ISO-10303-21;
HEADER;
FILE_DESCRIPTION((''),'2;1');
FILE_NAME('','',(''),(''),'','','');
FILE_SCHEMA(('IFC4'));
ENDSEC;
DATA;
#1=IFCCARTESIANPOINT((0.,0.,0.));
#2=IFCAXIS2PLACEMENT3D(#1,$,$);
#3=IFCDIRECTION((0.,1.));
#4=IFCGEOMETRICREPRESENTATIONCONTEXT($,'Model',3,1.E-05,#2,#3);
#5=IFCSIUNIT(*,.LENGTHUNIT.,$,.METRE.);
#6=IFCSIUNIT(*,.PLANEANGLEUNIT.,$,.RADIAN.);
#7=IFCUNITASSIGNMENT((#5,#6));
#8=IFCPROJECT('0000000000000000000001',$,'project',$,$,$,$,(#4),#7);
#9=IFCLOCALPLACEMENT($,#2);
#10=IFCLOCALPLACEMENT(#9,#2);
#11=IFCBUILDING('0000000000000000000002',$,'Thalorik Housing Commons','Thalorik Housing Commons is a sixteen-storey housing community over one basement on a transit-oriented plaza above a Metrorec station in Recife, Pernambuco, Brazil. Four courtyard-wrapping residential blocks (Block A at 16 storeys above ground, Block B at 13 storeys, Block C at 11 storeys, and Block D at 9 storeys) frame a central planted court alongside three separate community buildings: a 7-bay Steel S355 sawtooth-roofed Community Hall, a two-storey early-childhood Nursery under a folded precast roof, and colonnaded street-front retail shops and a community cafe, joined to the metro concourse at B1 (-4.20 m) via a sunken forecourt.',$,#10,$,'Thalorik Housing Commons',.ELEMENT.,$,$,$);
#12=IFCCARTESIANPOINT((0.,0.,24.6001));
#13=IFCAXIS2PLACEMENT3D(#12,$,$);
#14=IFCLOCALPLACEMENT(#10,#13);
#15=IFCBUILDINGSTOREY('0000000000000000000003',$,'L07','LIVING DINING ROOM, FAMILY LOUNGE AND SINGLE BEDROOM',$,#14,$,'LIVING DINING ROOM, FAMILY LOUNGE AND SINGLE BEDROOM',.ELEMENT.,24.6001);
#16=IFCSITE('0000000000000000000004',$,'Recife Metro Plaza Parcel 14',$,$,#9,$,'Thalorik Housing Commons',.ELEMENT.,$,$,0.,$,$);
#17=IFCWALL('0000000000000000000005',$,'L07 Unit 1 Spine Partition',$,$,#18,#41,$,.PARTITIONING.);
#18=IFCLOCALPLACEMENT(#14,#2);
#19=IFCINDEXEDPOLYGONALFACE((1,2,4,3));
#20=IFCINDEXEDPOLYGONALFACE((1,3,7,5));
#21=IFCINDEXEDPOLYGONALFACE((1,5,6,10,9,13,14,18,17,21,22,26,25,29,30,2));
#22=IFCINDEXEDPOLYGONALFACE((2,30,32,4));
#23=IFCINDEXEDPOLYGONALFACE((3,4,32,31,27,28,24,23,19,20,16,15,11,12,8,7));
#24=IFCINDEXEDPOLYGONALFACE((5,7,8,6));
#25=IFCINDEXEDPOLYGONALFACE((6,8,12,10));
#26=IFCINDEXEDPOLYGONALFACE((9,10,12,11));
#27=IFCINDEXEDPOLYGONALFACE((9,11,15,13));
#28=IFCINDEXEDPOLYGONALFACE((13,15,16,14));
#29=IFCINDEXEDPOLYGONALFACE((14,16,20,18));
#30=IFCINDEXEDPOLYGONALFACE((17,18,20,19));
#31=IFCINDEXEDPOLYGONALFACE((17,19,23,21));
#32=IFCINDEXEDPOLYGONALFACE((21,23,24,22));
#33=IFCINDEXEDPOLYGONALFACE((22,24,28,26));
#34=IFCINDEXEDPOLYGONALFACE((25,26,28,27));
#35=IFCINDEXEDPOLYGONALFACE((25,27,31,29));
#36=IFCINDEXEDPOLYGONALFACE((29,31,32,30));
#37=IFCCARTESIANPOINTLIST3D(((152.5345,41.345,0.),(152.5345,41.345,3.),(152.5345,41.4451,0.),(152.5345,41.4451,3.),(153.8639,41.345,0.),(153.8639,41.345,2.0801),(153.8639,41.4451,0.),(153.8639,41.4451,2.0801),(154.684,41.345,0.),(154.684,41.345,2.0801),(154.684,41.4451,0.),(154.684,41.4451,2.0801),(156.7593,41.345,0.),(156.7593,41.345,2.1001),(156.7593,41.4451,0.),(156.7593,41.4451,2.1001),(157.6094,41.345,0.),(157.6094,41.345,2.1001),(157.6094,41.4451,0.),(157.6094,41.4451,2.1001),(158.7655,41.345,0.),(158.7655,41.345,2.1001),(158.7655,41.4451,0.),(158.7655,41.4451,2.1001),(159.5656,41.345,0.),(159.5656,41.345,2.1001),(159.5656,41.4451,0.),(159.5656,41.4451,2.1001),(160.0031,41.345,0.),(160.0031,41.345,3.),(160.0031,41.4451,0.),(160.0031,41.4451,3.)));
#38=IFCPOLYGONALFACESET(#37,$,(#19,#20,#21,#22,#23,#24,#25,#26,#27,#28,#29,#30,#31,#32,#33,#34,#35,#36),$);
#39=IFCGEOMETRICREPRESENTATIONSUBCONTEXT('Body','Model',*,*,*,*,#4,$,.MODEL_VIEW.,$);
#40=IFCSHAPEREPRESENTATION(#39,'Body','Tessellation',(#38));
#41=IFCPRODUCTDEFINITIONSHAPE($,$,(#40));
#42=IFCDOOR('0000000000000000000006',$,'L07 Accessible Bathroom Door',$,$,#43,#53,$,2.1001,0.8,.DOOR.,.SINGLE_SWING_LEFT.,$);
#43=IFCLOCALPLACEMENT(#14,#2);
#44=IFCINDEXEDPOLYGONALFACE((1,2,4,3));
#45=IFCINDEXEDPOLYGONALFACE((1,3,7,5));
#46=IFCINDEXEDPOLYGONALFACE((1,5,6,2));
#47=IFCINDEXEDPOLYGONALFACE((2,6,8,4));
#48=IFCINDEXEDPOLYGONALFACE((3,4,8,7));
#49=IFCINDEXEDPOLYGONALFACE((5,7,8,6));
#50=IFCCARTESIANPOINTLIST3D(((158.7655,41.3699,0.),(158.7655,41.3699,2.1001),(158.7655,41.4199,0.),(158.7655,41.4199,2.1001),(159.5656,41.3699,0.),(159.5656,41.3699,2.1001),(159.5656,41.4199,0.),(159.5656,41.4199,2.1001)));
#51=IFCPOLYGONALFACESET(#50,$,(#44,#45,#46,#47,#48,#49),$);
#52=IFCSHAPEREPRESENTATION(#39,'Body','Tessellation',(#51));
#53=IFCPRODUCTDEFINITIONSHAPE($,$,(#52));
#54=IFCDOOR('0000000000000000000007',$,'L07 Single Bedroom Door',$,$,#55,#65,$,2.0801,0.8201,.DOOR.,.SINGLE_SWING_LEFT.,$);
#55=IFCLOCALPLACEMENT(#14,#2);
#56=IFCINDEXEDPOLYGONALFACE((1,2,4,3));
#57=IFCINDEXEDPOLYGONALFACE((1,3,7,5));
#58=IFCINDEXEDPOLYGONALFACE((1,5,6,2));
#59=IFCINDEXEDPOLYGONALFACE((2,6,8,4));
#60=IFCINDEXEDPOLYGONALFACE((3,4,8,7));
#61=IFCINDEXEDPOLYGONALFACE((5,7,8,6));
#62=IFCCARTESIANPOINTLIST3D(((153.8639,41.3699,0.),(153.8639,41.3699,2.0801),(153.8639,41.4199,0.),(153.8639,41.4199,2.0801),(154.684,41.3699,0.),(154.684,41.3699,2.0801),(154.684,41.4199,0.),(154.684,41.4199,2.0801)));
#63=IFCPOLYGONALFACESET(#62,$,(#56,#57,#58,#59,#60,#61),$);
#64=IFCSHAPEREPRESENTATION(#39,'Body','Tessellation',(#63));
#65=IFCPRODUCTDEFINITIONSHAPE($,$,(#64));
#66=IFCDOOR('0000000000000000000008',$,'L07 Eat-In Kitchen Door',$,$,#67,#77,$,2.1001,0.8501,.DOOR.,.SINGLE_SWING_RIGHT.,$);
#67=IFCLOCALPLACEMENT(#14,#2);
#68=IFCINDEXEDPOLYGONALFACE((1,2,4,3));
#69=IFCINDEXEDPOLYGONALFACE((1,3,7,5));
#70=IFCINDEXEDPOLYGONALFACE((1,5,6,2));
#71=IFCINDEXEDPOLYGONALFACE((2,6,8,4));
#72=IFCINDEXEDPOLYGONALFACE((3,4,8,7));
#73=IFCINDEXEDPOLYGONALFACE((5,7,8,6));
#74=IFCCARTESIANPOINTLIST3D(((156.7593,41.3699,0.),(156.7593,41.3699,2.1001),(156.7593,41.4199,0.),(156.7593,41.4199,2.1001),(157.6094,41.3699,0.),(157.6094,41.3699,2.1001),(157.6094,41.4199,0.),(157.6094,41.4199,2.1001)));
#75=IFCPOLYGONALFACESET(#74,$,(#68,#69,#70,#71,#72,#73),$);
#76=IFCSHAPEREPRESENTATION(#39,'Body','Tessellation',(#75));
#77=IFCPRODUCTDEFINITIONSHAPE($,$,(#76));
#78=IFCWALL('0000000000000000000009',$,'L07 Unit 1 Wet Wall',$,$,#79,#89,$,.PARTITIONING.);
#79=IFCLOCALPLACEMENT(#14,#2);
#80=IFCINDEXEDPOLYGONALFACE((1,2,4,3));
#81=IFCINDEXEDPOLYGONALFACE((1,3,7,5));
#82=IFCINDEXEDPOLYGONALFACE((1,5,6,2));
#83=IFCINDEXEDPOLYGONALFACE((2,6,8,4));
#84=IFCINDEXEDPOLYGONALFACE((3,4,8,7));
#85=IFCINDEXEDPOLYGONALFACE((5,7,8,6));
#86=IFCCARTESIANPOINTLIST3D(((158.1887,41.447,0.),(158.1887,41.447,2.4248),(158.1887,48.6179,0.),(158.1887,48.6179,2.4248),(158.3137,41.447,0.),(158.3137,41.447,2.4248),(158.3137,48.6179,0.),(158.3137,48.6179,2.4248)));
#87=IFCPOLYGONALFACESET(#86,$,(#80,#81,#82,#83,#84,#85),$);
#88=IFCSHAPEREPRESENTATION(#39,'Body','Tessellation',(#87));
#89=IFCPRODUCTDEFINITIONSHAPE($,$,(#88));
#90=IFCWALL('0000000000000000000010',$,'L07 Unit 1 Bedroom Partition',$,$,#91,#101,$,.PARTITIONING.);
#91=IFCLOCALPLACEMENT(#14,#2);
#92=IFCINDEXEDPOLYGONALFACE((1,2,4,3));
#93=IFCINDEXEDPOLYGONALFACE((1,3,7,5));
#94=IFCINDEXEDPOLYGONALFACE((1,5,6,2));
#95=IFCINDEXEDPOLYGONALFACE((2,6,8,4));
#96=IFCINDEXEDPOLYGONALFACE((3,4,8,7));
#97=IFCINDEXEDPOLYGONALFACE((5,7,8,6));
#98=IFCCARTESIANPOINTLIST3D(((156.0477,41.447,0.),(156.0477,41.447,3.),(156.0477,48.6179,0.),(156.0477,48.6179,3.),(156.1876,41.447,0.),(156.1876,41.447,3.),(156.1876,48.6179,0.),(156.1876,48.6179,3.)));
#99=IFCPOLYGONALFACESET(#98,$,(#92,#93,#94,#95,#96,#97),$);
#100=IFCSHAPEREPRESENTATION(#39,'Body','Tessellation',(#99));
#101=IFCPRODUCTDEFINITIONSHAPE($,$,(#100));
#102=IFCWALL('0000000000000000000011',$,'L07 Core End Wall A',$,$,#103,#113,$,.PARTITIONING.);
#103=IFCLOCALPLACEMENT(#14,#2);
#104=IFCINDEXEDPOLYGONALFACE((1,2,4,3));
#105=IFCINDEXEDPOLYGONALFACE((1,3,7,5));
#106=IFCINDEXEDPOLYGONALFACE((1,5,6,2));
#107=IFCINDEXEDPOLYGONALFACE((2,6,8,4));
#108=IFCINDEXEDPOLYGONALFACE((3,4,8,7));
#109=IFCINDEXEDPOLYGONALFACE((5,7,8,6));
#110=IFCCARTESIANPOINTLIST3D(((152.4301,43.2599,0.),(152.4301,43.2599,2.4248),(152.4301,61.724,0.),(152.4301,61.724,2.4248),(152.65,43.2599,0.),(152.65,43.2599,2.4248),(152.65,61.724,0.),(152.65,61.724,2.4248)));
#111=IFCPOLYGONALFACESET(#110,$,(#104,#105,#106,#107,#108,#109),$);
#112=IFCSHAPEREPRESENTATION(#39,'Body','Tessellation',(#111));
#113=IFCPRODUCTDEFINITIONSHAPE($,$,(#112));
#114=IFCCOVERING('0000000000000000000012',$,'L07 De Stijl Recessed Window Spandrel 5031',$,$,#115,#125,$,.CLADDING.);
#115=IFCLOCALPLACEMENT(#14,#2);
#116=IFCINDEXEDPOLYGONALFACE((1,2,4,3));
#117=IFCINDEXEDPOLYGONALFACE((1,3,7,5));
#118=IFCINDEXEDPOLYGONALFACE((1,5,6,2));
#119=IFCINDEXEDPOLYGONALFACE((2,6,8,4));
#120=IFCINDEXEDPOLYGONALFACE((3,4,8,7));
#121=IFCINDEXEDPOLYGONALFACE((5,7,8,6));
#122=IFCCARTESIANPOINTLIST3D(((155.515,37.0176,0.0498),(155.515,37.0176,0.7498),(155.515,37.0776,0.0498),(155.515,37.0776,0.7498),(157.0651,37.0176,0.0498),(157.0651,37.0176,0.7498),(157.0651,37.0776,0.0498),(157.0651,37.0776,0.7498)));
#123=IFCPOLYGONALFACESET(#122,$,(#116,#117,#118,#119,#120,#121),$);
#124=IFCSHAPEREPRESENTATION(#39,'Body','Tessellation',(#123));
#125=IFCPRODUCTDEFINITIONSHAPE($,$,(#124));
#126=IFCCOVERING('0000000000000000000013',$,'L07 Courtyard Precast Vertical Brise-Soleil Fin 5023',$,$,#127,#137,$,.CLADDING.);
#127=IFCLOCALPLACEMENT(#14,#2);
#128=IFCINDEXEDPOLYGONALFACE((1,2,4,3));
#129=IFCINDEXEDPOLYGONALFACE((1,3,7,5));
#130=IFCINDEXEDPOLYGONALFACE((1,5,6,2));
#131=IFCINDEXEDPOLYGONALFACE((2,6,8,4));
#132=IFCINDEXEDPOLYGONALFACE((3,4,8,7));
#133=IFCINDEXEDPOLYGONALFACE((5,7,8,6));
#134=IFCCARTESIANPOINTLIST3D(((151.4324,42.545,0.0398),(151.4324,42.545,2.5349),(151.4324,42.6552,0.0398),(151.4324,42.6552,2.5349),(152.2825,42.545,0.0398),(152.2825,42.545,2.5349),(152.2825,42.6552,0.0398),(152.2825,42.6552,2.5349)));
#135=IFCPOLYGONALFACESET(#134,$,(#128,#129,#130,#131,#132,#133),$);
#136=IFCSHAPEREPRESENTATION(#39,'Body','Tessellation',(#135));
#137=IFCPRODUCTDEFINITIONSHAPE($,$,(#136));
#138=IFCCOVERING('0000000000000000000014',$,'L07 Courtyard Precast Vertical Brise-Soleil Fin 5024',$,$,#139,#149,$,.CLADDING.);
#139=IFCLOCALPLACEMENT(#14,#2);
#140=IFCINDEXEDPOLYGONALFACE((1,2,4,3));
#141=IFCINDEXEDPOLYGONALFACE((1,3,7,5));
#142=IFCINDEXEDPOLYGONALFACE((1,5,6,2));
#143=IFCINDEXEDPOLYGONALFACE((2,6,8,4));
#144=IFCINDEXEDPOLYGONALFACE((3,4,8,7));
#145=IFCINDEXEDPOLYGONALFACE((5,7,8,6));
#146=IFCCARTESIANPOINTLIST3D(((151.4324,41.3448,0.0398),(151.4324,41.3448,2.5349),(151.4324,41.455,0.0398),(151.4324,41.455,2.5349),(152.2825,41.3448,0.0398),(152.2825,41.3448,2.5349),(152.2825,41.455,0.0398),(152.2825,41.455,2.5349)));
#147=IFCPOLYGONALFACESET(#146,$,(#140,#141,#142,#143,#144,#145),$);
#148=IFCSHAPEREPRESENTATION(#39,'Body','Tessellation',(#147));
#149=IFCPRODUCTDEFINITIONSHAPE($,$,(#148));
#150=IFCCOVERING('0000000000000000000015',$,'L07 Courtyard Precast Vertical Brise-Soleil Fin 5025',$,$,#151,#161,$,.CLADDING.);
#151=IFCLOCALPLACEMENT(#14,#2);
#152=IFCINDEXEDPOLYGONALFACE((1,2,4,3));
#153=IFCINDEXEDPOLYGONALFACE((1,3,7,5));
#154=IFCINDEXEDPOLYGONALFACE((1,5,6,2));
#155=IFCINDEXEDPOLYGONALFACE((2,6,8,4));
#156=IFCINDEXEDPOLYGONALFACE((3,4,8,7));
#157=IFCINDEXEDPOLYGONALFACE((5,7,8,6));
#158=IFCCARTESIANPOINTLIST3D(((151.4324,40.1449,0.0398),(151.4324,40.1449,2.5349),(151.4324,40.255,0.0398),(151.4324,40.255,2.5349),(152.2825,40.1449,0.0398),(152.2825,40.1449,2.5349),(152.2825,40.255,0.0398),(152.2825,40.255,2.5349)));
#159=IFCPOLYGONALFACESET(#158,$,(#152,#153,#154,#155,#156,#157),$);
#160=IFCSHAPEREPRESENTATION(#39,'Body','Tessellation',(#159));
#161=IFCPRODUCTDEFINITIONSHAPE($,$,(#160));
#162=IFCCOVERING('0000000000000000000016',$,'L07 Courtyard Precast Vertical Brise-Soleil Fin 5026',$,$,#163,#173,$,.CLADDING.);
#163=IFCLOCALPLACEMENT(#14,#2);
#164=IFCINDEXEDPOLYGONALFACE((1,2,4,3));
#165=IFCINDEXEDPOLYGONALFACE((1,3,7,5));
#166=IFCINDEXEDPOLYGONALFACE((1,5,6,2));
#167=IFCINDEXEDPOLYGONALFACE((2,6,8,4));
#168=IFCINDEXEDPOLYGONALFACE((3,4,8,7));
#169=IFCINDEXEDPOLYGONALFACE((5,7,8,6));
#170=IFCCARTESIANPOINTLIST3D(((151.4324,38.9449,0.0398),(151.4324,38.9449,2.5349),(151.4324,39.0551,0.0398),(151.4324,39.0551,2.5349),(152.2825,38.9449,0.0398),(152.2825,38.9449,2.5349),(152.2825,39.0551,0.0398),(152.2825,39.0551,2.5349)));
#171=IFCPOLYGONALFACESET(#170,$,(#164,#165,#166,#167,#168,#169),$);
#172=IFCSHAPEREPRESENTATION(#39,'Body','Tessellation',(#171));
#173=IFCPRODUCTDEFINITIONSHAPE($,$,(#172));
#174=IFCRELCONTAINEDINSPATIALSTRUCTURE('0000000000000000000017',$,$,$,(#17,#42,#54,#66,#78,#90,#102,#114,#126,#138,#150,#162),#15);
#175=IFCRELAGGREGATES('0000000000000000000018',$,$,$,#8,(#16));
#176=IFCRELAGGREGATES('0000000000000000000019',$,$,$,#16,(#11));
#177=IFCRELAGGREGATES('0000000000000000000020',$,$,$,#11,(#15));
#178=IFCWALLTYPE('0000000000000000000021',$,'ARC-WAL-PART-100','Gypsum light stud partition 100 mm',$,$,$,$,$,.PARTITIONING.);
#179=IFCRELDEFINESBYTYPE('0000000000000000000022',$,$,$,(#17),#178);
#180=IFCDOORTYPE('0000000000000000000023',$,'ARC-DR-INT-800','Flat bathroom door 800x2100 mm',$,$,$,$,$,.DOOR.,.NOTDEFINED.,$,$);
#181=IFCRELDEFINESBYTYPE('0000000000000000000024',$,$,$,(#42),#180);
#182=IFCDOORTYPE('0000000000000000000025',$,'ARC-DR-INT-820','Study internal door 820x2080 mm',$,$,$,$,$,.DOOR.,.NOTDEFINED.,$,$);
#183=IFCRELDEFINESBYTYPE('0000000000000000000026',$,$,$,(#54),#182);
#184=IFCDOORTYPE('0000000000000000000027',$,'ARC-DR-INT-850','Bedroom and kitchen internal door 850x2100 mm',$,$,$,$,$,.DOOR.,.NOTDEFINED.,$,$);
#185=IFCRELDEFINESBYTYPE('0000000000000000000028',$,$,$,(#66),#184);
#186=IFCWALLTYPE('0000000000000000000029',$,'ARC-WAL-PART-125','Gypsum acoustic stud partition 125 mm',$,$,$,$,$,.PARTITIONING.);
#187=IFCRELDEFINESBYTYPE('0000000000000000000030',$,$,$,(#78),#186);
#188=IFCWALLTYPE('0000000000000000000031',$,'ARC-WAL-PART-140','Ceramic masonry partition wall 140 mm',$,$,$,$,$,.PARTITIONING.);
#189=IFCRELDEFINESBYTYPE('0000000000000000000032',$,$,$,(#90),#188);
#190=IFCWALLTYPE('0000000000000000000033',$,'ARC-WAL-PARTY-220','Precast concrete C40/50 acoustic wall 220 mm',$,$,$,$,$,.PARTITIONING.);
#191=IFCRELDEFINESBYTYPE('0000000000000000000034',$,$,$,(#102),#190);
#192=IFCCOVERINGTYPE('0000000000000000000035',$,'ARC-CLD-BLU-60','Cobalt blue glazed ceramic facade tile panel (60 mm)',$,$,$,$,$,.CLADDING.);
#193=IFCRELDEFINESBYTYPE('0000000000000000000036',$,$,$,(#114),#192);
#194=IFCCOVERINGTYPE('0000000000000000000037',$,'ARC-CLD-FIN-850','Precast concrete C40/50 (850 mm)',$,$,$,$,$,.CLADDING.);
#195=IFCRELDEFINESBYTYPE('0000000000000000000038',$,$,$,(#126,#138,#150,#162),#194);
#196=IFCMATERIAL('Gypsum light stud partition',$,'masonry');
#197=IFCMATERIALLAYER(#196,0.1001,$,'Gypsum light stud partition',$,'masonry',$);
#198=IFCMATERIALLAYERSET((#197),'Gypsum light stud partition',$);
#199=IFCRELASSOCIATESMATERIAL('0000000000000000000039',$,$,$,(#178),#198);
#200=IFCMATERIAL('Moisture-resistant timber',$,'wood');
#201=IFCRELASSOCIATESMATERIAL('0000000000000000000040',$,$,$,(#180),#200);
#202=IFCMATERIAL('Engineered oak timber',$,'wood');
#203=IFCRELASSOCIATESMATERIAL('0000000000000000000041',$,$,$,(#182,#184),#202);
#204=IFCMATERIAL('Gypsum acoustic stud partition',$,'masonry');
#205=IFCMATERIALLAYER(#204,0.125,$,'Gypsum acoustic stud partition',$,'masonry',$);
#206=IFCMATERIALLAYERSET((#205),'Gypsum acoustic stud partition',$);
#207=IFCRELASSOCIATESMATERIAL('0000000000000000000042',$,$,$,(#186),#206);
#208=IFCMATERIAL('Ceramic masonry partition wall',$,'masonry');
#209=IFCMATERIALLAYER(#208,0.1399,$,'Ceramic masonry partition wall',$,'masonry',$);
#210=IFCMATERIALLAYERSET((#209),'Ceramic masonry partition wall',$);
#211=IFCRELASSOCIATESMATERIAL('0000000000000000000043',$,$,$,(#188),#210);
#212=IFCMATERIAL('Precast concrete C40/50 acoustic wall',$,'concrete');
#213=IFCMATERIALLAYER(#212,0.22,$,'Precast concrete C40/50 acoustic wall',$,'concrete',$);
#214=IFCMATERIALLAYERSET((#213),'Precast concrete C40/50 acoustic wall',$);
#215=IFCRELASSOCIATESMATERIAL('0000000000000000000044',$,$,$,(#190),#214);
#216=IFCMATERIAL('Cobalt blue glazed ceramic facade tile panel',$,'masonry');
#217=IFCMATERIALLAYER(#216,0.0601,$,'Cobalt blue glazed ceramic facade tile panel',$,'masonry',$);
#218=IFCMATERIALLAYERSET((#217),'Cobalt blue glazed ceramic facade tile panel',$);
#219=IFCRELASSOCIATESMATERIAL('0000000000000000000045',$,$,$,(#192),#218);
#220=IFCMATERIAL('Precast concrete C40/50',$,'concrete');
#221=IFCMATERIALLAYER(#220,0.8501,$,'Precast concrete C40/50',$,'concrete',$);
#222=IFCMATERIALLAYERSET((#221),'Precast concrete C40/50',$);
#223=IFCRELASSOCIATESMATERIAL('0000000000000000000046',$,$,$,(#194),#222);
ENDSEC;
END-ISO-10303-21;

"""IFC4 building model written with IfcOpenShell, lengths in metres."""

from ifc_helpers import new_model, si_unit, direction, frame, frame_2d, origin, origin_2d, place, context, subcontext, project, spatial, rectangle, extrude, material, layer, layer_set, type_object, element, fill, save


model = new_model("IFC4")

# Units and contexts
model_context = context("Model", 3, precision=1e-05, world=origin(), true_north=direction((0.0, 1.0)))
body_context = subcontext(model_context, "Body", "Model", "MODEL_VIEW")
ifc_project = project(units=[si_unit("LENGTHUNIT", "METRE"), si_unit("PLANEANGLEUNIT", "RADIAN")], contexts=[model_context])

# Site, building, storey
site_placement = place(None, origin())
site = spatial("IfcSite", under=ifc_project, at=site_placement, Name="Recife Metro Plaza Parcel 14", LongName="Thalorik Housing Commons", CompositionType="ELEMENT", RefElevation=0.0)
building_placement = place(site_placement, origin())
building = spatial("IfcBuilding", under=site, at=building_placement, Name="Thalorik Housing Commons", Description="Thalorik Housing Commons is a sixteen-storey housing community over one basement on a transit-oriented plaza above a Metrorec station in Recife, Pernambuco, Brazil. Four courtyard-wrapping residential blocks (Block A at 16 storeys above ground, Block B at 13 storeys, Block C at 11 storeys, and Block D at 9 storeys) frame a central planted court alongside three separate community buildings: a 7-bay Steel S355 sawtooth-roofed Community Hall, a two-storey early-childhood Nursery under a folded precast roof, and colonnaded street-front retail shops and a community cafe, joined to the metro concourse at B1 (-4.20 m) via a sunken forecourt.", LongName="Thalorik Housing Commons", CompositionType="ELEMENT")
storey_placement = place(building_placement, frame((0.0, 0.0, 24.6001)))
storey = spatial("IfcBuildingStorey", under=building, at=storey_placement, Name="L07", Description="LIVING DINING ROOM, FAMILY LOUNGE AND SINGLE BEDROOM", LongName="LIVING DINING ROOM, FAMILY LOUNGE AND SINGLE BEDROOM", CompositionType="ELEMENT", Elevation=24.6001)

# Shared definitions
ifc_material_1 = material(Name="Precast concrete C40/50", Category="concrete")

# Wall, openings, doors
ifc_material_2 = material(Name="Gypsum light stud partition", Category="masonry")
ifc_layer_1 = layer(ifc_material_2, 0.1001, Name="Gypsum light stud partition", Category="masonry")
ifc_layer_set_1 = layer_set([ifc_layer_1], Name="Gypsum light stud partition")
wall_type_1 = type_object("IfcWallType", Name="ARC-WAL-PART-100", Description="Gypsum light stud partition 100 mm", PredefinedType="PARTITIONING", material=ifc_layer_set_1)
wall_1_placement = place(storey_placement, frame((152.5344, 41.395, 0.0), z_axis=(0.0, 0.0, 1.0), x_axis=(1.0, 0.0, 0.0)))
wall_1 = element("IfcWall", 1, at=wall_1_placement, inside=storey, type_object=wall_type_1, Name="L07 Unit 1 Spine Partition", PredefinedType="PARTITIONING", context=body_context, shape_type="SweptSolid", body=[
    extrude(rectangle(XDim=7.4685, YDim=0.1001, at=frame_2d((3.7344, 0.0))), origin(), (0.0, 0.0, 1.0), 3.0),
])
opening_1_placement = place(wall_1_placement, frame((1.3293, 0.0, 0.0)))
opening_1 = element("IfcOpeningElement", 2, at=opening_1_placement, cuts=wall_1, PredefinedType="OPENING", context=body_context, shape_type="SweptSolid", body=[
    extrude(rectangle(XDim=0.8201, YDim=2.0801, at=frame_2d((0.4102, 1.04))), frame((0.0, 0.0601, 0.0), z_axis=(0.0, -1.0, 0.0), x_axis=(1.0, 0.0, 0.0)), (0.0, 0.0, 1.0), 0.1201),
])
opening_2_placement = place(wall_1_placement, frame((4.2249, 0.0, 0.0)))
opening_2 = element("IfcOpeningElement", 3, at=opening_2_placement, cuts=wall_1, PredefinedType="OPENING", context=body_context, shape_type="SweptSolid", body=[
    extrude(rectangle(XDim=0.8501, YDim=2.1001, at=frame_2d((0.425, 1.05))), frame((0.0, 0.0601, 0.0), z_axis=(0.0, -1.0, 0.0), x_axis=(1.0, 0.0, 0.0)), (0.0, 0.0, 1.0), 0.1201),
])
opening_3_placement = place(wall_1_placement, frame((6.2312, 0.0, 0.0)))
opening_3 = element("IfcOpeningElement", 4, at=opening_3_placement, cuts=wall_1, PredefinedType="OPENING", context=body_context, shape_type="SweptSolid", body=[
    extrude(rectangle(XDim=0.8, YDim=2.1001, at=frame_2d((0.3999, 1.05))), frame((0.0, 0.0601, 0.0), z_axis=(0.0, -1.0, 0.0), x_axis=(1.0, 0.0, 0.0)), (0.0, 0.0, 1.0), 0.1201),
])
ifc_material_3 = material(Name="Moisture-resistant timber", Category="wood")
door_type_1 = type_object("IfcDoorType", Name="ARC-DR-INT-800", Description="Flat bathroom door 800x2100 mm", OperationType="NOTDEFINED", PredefinedType="DOOR", material=ifc_material_3)
door_1_placement = place(opening_3_placement, origin())
door_1 = element("IfcDoor", 5, at=door_1_placement, inside=storey, type_object=door_type_1, Name="L07 Accessible Bathroom Door", OperationType="SINGLE_SWING_LEFT", OverallHeight=2.1001, OverallWidth=0.8, PredefinedType="DOOR", context=body_context, shape_type="SweptSolid", body=[
    extrude(rectangle(XDim=0.8, YDim=2.1001, at=frame_2d((0.3999, 1.05))), frame((0.0, 0.0249, 0.0), z_axis=(0.0, -1.0, 0.0), x_axis=(1.0, 0.0, 0.0)), (0.0, 0.0, 1.0), 0.05),
])
fill(opening_3, door_1)
ifc_material_4 = material(Name="Engineered oak timber", Category="wood")
door_type_2 = type_object("IfcDoorType", Name="ARC-DR-INT-820", Description="Study internal door 820x2080 mm", OperationType="NOTDEFINED", PredefinedType="DOOR", material=ifc_material_4)
door_2_placement = place(opening_1_placement, origin())
door_2 = element("IfcDoor", 6, at=door_2_placement, inside=storey, type_object=door_type_2, Name="L07 Single Bedroom Door", OperationType="SINGLE_SWING_LEFT", OverallHeight=2.0801, OverallWidth=0.8201, PredefinedType="DOOR", context=body_context, shape_type="SweptSolid", body=[
    extrude(rectangle(XDim=0.8201, YDim=2.0801, at=frame_2d((0.4102, 1.04))), frame((0.0, 0.0249, 0.0), z_axis=(0.0, -1.0, 0.0), x_axis=(1.0, 0.0, 0.0)), (0.0, 0.0, 1.0), 0.05),
])
fill(opening_1, door_2)
door_type_3 = type_object("IfcDoorType", Name="ARC-DR-INT-850", Description="Bedroom and kitchen internal door 850x2100 mm", OperationType="NOTDEFINED", PredefinedType="DOOR", material=ifc_material_4)
door_3_placement = place(opening_2_placement, origin())
door_3 = element("IfcDoor", 7, at=door_3_placement, inside=storey, type_object=door_type_3, Name="L07 Eat-In Kitchen Door", OperationType="SINGLE_SWING_RIGHT", OverallHeight=2.1001, OverallWidth=0.8501, PredefinedType="DOOR", context=body_context, shape_type="SweptSolid", body=[
    extrude(rectangle(XDim=0.8501, YDim=2.1001, at=frame_2d((0.425, 1.05))), frame((0.0, 0.0249, 0.0), z_axis=(0.0, -1.0, 0.0), x_axis=(1.0, 0.0, 0.0)), (0.0, 0.0, 1.0), 0.05),
])
fill(opening_2, door_3)

# Walls
ifc_material_5 = material(Name="Gypsum acoustic stud partition", Category="masonry")
ifc_layer_2 = layer(ifc_material_5, 0.125, Name="Gypsum acoustic stud partition", Category="masonry")
ifc_layer_set_2 = layer_set([ifc_layer_2], Name="Gypsum acoustic stud partition")
wall_type_2 = type_object("IfcWallType", Name="ARC-WAL-PART-125", Description="Gypsum acoustic stud partition 125 mm", PredefinedType="PARTITIONING", material=ifc_layer_set_2)
wall_2_placement = place(storey_placement, frame((158.2512, 41.447, 0.0), z_axis=(0.0, 0.0, 1.0), x_axis=(0.0, 1.0, 0.0)))
element("IfcWall", 8, at=wall_2_placement, inside=storey, type_object=wall_type_2, Name="L07 Unit 1 Wet Wall", PredefinedType="PARTITIONING", context=body_context, shape_type="SweptSolid", body=[
    extrude(rectangle(XDim=7.1709, YDim=0.125, at=frame_2d((3.5854, 0.0))), origin(), (0.0, 0.0, 1.0), 2.4248),
])
ifc_material_6 = material(Name="Ceramic masonry partition wall", Category="masonry")
ifc_layer_3 = layer(ifc_material_6, 0.1399, Name="Ceramic masonry partition wall", Category="masonry")
ifc_layer_set_3 = layer_set([ifc_layer_3], Name="Ceramic masonry partition wall")
wall_type_3 = type_object("IfcWallType", Name="ARC-WAL-PART-140", Description="Ceramic masonry partition wall 140 mm", PredefinedType="PARTITIONING", material=ifc_layer_set_3)
wall_3_placement = place(storey_placement, frame((156.1177, 41.447, 0.0), z_axis=(0.0, 0.0, 1.0), x_axis=(0.0, 1.0, 0.0)))
element("IfcWall", 9, at=wall_3_placement, inside=storey, type_object=wall_type_3, Name="L07 Unit 1 Bedroom Partition", PredefinedType="PARTITIONING", context=body_context, shape_type="SweptSolid", body=[
    extrude(rectangle(XDim=7.1709, YDim=0.1399, at=frame_2d((3.5854, 0.0))), origin(), (0.0, 0.0, 1.0), 3.0),
])
ifc_material_7 = material(Name="Precast concrete C40/50 acoustic wall", Category="concrete")
ifc_layer_4 = layer(ifc_material_7, 0.22, Name="Precast concrete C40/50 acoustic wall", Category="concrete")
ifc_layer_set_4 = layer_set([ifc_layer_4], Name="Precast concrete C40/50 acoustic wall")
wall_type_4 = type_object("IfcWallType", Name="ARC-WAL-PARTY-220", Description="Precast concrete C40/50 acoustic wall 220 mm", PredefinedType="PARTITIONING", material=ifc_layer_set_4)
wall_4_placement = place(storey_placement, frame((152.54, 43.26, 0.0), z_axis=(0.0, 0.0, 1.0), x_axis=(0.0, 1.0, 0.0)))
element("IfcWall", 10, at=wall_4_placement, inside=storey, type_object=wall_type_4, Name="L07 Core End Wall A", PredefinedType="PARTITIONING", context=body_context, shape_type="SweptSolid", body=[
    extrude(rectangle(XDim=18.4641, YDim=0.22, at=frame_2d((9.2319, 0.0))), origin(), (0.0, 0.0, 1.0), 2.4248),
])

# Coverings
ifc_material_8 = material(Name="Cobalt blue glazed ceramic facade tile panel", Category="masonry")
ifc_layer_5 = layer(ifc_material_8, 0.0601, Name="Cobalt blue glazed ceramic facade tile panel", Category="masonry")
ifc_layer_set_5 = layer_set([ifc_layer_5], Name="Cobalt blue glazed ceramic facade tile panel")
covering_type_1 = type_object("IfcCoveringType", Name="ARC-CLD-BLU-60", Description="Cobalt blue glazed ceramic facade tile panel (60 mm)", PredefinedType="CLADDING", material=ifc_layer_set_5)
covering_1_placement = place(storey_placement, frame((156.29, 37.0476, 0.0498), z_axis=(0.0, 0.0, 1.0), x_axis=(1.0, 0.0, 0.0)))
element("IfcCovering", 11, at=covering_1_placement, inside=storey, type_object=covering_type_1, Name="L07 De Stijl Recessed Window Spandrel 5031", PredefinedType="CLADDING", context=body_context, shape_type="SweptSolid", body=[
    extrude(rectangle(XDim=1.55, YDim=0.0601, at=origin_2d()), origin(), (0.0, 0.0, 1.0), 0.7),
])
ifc_layer_6 = layer(ifc_material_1, 0.8501, Name="Precast concrete C40/50", Category="concrete")
ifc_layer_set_6 = layer_set([ifc_layer_6], Name="Precast concrete C40/50")
covering_type_2 = type_object("IfcCoveringType", Name="ARC-CLD-FIN-850", Description="Precast concrete C40/50 (850 mm)", PredefinedType="CLADDING", material=ifc_layer_set_6)
for number, where, z_axis, x_axis, name in (
    (12, (151.8574, 42.6001, 0.0398), (0.0, 0.0, 1.0), (0.0, -1.0, 0.0), "L07 Courtyard Precast Vertical Brise-Soleil Fin 5023"),
    (13, (151.8574, 41.3999, 0.0398), (0.0, 0.0, 1.0), (0.0, -1.0, 0.0), "L07 Courtyard Precast Vertical Brise-Soleil Fin 5024"),
    (14, (151.8574, 40.2, 0.0398), (0.0, 0.0, 1.0), (0.0, -1.0, 0.0), "L07 Courtyard Precast Vertical Brise-Soleil Fin 5025"),
    (15, (151.8574, 39.0, 0.0398), (0.0, 0.0, 1.0), (0.0, -1.0, 0.0), "L07 Courtyard Precast Vertical Brise-Soleil Fin 5026"),
):
    element("IfcCovering", number, at=place(storey_placement, frame(where, z_axis=z_axis, x_axis=x_axis)), inside=storey, type_object=covering_type_2, Name=name, PredefinedType="CLADDING", context=body_context, shape_type="SweptSolid", body=[
        extrude(rectangle(XDim=0.1101, YDim=0.8501, at=origin_2d()), origin(), (0.0, 0.0, 1.0), 2.4951),
    ])

save(model, "model.ifc")
